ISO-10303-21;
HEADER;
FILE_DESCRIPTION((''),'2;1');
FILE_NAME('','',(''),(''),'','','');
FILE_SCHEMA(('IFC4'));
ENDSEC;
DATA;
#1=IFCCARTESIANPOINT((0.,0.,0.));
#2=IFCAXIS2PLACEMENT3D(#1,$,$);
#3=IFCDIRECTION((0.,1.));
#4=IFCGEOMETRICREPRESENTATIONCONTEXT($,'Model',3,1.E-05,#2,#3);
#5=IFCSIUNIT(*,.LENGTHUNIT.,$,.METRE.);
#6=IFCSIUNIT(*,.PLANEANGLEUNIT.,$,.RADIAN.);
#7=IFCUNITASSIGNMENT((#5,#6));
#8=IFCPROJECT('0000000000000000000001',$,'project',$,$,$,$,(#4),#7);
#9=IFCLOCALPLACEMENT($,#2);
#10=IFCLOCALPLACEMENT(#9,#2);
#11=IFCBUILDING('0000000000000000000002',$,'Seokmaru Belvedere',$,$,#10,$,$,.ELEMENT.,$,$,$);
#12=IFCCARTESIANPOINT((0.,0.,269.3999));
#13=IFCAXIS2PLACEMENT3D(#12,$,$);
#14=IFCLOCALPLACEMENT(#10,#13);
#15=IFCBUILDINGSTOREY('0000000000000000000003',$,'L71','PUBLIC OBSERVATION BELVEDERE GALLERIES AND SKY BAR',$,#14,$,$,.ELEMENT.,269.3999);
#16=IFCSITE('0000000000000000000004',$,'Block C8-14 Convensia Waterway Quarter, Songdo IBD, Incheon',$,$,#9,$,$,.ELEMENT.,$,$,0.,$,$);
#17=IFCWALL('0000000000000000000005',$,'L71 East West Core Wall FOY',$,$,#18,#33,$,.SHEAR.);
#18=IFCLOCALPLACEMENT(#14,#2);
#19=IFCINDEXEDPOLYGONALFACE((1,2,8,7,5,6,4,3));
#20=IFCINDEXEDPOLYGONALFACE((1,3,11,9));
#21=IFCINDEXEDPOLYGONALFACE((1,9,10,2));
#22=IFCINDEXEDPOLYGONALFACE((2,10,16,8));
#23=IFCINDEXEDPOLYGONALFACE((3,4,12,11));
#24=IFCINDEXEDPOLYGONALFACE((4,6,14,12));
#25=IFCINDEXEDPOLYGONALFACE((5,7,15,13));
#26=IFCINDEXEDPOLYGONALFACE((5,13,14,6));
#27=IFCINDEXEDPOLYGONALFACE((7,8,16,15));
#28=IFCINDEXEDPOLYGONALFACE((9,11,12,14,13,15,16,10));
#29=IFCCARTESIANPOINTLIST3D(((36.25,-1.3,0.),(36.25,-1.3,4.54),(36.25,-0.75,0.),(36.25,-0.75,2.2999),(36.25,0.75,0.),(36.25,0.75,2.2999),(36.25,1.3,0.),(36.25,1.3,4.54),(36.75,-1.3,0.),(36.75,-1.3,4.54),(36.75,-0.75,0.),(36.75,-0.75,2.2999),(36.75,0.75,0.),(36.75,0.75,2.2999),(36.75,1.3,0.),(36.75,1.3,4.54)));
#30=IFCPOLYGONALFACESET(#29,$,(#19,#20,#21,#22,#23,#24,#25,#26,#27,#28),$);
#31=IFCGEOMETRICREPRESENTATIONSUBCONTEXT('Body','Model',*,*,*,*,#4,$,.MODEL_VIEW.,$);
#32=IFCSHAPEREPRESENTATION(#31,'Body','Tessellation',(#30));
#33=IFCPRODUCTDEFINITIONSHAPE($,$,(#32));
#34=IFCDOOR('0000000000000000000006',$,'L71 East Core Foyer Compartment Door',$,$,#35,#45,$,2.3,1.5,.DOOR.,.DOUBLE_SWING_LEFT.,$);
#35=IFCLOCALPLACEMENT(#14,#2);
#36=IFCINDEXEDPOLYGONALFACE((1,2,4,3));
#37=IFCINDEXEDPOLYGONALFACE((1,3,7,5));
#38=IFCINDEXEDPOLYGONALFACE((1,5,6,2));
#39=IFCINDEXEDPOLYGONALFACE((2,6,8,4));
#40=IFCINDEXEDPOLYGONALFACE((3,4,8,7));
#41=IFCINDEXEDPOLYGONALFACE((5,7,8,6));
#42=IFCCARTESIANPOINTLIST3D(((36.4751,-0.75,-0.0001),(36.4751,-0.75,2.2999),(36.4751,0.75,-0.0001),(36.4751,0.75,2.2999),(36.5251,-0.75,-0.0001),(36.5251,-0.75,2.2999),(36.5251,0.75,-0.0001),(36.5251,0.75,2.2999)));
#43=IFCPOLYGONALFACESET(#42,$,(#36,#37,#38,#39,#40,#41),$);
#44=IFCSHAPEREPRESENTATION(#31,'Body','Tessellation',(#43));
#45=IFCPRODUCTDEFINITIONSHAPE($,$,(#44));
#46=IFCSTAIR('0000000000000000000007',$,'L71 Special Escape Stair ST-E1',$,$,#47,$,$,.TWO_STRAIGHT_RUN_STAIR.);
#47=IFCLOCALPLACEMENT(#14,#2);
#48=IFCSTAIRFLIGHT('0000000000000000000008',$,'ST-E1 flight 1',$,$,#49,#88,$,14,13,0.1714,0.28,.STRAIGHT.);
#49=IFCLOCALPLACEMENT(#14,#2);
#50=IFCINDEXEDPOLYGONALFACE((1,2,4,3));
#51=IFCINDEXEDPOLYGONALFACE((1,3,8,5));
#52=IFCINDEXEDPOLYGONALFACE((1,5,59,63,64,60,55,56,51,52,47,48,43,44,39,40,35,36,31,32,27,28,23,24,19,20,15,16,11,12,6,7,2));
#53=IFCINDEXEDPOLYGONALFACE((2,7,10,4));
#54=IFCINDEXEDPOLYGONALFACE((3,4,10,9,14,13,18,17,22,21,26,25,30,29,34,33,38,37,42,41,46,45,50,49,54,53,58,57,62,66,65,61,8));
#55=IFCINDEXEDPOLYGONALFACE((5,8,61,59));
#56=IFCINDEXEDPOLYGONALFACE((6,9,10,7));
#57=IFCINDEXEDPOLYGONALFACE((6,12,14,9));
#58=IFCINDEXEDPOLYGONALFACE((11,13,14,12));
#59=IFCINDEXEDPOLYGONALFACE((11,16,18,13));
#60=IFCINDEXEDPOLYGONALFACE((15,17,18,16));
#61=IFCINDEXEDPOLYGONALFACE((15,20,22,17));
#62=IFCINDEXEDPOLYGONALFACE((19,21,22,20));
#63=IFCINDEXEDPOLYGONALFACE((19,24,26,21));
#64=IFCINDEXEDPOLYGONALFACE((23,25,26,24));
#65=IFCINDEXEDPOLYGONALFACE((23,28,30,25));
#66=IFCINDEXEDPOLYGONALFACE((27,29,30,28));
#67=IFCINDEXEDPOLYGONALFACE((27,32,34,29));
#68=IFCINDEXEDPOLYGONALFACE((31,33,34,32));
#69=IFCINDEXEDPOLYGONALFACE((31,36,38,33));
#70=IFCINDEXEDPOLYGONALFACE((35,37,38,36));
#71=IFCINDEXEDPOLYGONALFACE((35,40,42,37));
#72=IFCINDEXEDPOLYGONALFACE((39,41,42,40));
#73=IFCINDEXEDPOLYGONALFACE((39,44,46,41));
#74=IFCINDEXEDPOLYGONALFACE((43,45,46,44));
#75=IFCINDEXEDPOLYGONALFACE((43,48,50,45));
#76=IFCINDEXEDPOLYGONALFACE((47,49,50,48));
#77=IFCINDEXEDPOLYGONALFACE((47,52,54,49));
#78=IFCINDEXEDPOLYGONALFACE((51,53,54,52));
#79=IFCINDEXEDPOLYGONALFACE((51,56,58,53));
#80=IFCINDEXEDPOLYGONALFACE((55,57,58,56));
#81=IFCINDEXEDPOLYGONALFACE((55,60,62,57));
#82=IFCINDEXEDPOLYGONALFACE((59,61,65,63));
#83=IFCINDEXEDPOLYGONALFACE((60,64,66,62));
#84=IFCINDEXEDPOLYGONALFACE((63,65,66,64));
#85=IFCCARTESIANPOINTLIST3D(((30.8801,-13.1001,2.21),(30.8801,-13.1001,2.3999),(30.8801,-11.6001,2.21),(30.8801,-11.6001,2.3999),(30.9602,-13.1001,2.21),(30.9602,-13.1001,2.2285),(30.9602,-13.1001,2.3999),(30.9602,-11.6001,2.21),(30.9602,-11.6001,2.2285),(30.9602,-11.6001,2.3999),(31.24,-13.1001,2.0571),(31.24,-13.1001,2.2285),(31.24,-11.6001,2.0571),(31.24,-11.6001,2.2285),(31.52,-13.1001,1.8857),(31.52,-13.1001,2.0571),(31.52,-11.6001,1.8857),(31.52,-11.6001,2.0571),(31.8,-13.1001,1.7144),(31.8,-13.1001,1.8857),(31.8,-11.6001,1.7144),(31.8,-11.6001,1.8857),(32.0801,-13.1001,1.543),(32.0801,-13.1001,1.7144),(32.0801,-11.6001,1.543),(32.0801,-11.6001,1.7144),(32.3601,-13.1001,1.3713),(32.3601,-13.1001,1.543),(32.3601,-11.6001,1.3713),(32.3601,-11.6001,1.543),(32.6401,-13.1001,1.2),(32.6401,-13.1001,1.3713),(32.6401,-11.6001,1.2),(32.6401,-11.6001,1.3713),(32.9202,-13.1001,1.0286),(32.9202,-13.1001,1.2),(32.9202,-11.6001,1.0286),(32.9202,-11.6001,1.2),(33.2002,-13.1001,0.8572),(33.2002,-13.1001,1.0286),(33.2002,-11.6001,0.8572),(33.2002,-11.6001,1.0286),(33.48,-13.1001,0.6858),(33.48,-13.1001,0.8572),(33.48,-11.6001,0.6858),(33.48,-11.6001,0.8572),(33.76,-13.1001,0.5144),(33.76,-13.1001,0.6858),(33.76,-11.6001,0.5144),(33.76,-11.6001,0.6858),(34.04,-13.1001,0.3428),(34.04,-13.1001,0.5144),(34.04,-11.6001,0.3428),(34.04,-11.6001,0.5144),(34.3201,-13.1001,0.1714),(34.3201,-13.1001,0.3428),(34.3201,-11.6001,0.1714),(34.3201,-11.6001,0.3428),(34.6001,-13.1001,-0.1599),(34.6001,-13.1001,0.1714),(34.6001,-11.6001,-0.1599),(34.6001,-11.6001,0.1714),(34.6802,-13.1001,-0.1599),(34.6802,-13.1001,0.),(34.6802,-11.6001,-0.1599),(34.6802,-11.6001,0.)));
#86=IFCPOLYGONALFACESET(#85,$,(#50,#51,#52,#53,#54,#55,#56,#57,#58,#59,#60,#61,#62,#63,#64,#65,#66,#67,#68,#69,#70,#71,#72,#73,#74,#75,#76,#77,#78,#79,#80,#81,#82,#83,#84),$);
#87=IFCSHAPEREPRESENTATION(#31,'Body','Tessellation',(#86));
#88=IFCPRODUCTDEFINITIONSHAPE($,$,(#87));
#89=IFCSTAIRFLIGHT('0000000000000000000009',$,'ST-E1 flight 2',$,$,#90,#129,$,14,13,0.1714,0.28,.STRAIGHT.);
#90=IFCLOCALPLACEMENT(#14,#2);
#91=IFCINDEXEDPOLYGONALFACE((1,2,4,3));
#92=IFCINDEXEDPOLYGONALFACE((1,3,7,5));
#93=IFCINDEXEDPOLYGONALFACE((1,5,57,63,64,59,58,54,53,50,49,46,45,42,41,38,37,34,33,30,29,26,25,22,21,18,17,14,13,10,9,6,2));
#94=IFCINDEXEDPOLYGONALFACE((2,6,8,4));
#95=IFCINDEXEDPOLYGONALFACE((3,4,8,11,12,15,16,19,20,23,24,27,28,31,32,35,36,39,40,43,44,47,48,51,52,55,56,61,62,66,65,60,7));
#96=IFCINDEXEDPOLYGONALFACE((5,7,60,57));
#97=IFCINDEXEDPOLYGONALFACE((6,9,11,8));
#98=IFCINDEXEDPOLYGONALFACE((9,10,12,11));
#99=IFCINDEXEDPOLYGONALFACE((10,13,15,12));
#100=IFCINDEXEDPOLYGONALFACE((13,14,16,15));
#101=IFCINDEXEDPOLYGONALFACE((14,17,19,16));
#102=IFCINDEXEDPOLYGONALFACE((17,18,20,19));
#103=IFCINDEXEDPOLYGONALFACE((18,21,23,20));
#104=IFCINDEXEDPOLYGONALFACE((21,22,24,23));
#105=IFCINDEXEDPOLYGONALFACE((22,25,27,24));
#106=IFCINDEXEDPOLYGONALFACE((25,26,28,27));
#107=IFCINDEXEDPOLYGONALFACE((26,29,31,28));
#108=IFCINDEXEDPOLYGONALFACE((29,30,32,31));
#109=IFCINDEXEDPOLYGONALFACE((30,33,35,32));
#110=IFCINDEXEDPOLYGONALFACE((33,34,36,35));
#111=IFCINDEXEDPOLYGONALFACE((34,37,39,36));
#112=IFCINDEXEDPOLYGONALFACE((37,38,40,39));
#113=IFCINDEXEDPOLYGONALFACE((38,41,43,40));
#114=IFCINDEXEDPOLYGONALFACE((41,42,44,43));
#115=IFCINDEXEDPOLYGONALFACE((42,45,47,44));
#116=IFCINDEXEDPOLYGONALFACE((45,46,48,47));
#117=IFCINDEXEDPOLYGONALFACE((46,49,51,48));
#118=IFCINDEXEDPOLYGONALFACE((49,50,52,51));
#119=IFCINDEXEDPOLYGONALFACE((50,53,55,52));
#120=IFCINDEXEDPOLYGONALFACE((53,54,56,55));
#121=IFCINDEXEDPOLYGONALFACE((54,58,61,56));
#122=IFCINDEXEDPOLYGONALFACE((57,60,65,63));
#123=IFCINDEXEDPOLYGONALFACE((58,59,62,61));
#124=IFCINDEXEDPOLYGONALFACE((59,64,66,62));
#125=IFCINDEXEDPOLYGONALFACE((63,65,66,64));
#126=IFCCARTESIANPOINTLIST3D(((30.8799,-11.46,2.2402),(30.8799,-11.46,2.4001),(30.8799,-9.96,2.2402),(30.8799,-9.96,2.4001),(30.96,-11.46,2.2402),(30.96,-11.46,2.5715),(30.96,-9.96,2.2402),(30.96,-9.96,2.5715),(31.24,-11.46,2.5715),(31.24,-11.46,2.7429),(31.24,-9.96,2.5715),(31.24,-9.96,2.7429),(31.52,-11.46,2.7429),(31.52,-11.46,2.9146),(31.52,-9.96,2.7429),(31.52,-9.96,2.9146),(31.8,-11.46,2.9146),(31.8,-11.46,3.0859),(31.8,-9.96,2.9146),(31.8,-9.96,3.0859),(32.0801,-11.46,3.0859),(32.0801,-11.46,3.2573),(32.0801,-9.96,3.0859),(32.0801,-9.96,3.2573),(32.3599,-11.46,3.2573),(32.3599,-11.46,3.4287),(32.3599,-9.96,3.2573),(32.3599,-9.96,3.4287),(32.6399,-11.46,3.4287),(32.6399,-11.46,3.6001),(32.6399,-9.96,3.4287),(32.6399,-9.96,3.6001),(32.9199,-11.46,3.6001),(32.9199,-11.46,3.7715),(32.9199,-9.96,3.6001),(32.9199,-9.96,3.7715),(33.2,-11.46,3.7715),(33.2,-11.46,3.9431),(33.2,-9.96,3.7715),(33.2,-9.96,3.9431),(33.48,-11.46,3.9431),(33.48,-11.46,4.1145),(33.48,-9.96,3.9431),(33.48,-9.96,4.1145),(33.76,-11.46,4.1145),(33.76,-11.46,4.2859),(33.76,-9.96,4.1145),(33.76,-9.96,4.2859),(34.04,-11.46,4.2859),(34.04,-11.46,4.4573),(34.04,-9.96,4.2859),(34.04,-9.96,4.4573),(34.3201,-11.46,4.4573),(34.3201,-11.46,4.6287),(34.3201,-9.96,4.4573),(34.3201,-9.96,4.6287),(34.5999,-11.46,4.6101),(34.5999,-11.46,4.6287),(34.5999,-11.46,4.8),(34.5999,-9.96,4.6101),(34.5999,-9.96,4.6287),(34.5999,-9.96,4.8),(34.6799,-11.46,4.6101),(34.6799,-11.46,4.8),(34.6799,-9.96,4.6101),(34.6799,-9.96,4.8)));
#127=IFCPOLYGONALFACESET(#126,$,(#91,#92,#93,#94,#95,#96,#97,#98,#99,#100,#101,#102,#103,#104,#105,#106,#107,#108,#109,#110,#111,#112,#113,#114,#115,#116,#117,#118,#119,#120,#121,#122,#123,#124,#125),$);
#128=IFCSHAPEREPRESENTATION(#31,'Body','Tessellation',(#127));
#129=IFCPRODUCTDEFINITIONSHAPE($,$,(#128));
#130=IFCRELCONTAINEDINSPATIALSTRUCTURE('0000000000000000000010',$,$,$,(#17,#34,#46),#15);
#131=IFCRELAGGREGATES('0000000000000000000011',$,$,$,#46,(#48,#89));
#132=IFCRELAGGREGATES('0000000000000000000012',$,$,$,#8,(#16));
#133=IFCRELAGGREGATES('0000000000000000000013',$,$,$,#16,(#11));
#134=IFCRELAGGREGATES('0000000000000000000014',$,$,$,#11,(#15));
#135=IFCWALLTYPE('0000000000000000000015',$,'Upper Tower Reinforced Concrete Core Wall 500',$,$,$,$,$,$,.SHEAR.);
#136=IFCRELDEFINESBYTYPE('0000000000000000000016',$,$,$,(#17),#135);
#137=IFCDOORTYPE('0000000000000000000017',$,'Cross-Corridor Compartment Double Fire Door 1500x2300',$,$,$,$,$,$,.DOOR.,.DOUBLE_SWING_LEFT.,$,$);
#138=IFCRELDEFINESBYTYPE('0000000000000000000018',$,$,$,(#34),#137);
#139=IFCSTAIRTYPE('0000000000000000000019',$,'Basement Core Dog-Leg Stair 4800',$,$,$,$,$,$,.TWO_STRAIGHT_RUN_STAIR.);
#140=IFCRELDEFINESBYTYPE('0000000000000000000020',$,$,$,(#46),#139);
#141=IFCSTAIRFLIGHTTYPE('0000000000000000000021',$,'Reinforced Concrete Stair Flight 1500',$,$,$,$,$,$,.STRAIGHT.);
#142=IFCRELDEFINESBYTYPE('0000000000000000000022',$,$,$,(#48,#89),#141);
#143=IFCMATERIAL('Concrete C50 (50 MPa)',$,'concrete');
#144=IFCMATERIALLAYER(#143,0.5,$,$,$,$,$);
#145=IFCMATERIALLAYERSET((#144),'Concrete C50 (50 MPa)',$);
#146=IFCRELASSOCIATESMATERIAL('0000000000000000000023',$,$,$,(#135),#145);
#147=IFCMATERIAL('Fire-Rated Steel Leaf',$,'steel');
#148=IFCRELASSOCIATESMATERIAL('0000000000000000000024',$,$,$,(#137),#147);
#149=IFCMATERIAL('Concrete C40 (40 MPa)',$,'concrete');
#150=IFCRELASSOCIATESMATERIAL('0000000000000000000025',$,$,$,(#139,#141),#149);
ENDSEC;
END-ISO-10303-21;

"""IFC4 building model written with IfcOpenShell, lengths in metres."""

from ifc_helpers import new_model, si_unit, direction, frame, frame_2d, origin, place, context, subcontext, project, spatial, polyline, rectangle, outline, extrude, source, transform, mapped, material, layer, layer_set, type_object, type_shapes, element, fill, aggregate, save


model = new_model("IFC4")

# Units and contexts
model_context = context("Model", 3, precision=1e-05, world=origin(), true_north=direction((0.0, 1.0)))
body_context = subcontext(model_context, "Body", "Model", "MODEL_VIEW")
ifc_project = project(units=[si_unit("LENGTHUNIT", "METRE"), si_unit("PLANEANGLEUNIT", "RADIAN")], contexts=[model_context])

# Site, building, storey
site_placement = place(None, origin())
site = spatial("IfcSite", under=ifc_project, at=site_placement, Name="Block C8-14 Convensia Waterway Quarter, Songdo IBD, Incheon", CompositionType="ELEMENT", RefElevation=0.0)
building_placement = place(site_placement, origin())
building = spatial("IfcBuilding", under=site, at=building_placement, Name="Seokmaru Belvedere", CompositionType="ELEMENT")
storey_placement = place(building_placement, frame((0.0, 0.0, 269.3999)))
storey = spatial("IfcBuildingStorey", under=building, at=storey_placement, Name="L71", Description="PUBLIC OBSERVATION BELVEDERE GALLERIES AND SKY BAR", CompositionType="ELEMENT", Elevation=269.3999)

# Wall, opening, door
ifc_material_1 = material(Name="Concrete C50 (50 MPa)", Category="concrete")
ifc_layer_1 = layer(ifc_material_1, 0.5)
ifc_layer_set_1 = layer_set([ifc_layer_1], Name="Concrete C50 (50 MPa)")
wall_type_1 = type_object("IfcWallType", Name="Upper Tower Reinforced Concrete Core Wall 500", PredefinedType="SHEAR", material=ifc_layer_set_1)
ifc_material_2 = material(Name="Fire-Rated Steel Leaf", Category="steel")
wall_1_placement = place(storey_placement, frame((36.5, -1.3, 0.0), z_axis=(0.0, 0.0, 1.0), x_axis=(0.0, 1.0, 0.0)))
wall_1 = element("IfcWall", 1, at=wall_1_placement, inside=storey, type_object=wall_type_1, Name="L71 East West Core Wall FOY", PredefinedType="SHEAR", context=body_context, shape_type="SweptSolid", body=[
    extrude(rectangle(XDim=2.6001, YDim=0.5, at=frame_2d((1.3, 0.0))), origin(), (0.0, 0.0, 1.0), 4.54),
])
opening_1_placement = place(wall_1_placement, frame((0.55, 0.0, 0.0)))
opening_1 = element("IfcOpeningElement", 2, at=opening_1_placement, cuts=wall_1, PredefinedType="OPENING", context=body_context, shape_type="SweptSolid", body=[
    extrude(rectangle(XDim=1.5, YDim=2.3, at=frame_2d((0.75, 1.1499))), frame((0.0, 0.26, 0.0), z_axis=(0.0, -1.0, 0.0), x_axis=(1.0, 0.0, 0.0)), (0.0, 0.0, 1.0), 0.52),
])
door_type_1 = type_object("IfcDoorType", Name="Cross-Corridor Compartment Double Fire Door 1500x2300", OperationType="DOUBLE_SWING_LEFT", PredefinedType="DOOR", material=ifc_material_2)
shared_shape_1 = source(origin(), body_context, "Body", "SweptSolid", [
    extrude(rectangle(XDim=1.5, YDim=2.3, at=frame_2d((0.75, 1.1499))), frame((0.0, 0.0249, 0.0), z_axis=(0.0, -1.0, 0.0), x_axis=(1.0, 0.0, 0.0)), (0.0, 0.0, 1.0), 0.05),
])
type_shapes(door_type_1, [shared_shape_1])
door_1_placement = place(opening_1_placement, origin())
door_1 = element("IfcDoor", 3, at=door_1_placement, inside=storey, type_object=door_type_1, Name="L71 East Core Foyer Compartment Door", OperationType="DOUBLE_SWING_LEFT", OverallHeight=2.3, OverallWidth=1.5, PredefinedType="DOOR", context=body_context, shape_type="MappedRepresentation", body=[
    mapped(shared_shape_1, transform((0.0, 0.0, 0.0), scale=1.0)),
])
fill(opening_1, door_1)

# Stair, stair flights
ifc_material_3 = material(Name="Concrete C40 (40 MPa)", Category="concrete")
stair_type = type_object("IfcStairType", Name="Basement Core Dog-Leg Stair 4800", PredefinedType="TWO_STRAIGHT_RUN_STAIR", material=ifc_material_3)
stair_placement = place(storey_placement, origin())
stair = element("IfcStair", 4, at=stair_placement, inside=storey, type_object=stair_type, Name="L71 Special Escape Stair ST-E1", PredefinedType="TWO_STRAIGHT_RUN_STAIR")
stair_flight_type = type_object("IfcStairFlightType", Name="Reinforced Concrete Stair Flight 1500", PredefinedType="STRAIGHT", material=ifc_material_3)
stair_flight_1_placement = place(storey_placement, frame((34.6001, -12.3501, 0.0), z_axis=(0.0, 0.0, 1.0), x_axis=(-1.0, 0.0, 0.0)))
stair_flight_1 = element("IfcStairFlight", 5, at=stair_flight_1_placement, type_object=stair_flight_type, Name="ST-E1 flight 1", NumberOfRisers=14, NumberOfTreads=13, PredefinedType="STRAIGHT", RiserHeight=0.1714, TreadLength=0.28, context=body_context, shape_type="SweptSolid", body=[
    extrude(outline(polyline([(-0.0801, 0.0), (0.0, 0.1714), (0.28, 0.1714), (0.28, 0.3428), (0.5601, 0.3428), (0.5601, 0.5144), (0.8401, 0.5144), (0.8401, 0.6858), (1.1201, 0.6858), (1.1201, 0.8572), (1.3999, 0.8572), (1.3999, 1.0286), (1.6799, 1.0286), (1.6799, 1.2), (1.96, 1.2), (1.96, 1.3713), (2.24, 1.3713), (2.24, 1.543), (2.52, 1.543), (2.52, 1.7144), (2.8, 1.7144), (2.8, 1.8857), (3.0801, 1.8857), (3.0801, 2.0571), (3.3601, 2.0571), (3.3601, 2.2285), (3.6399, 2.2285), (3.6399, 2.3999), (3.72, 2.3999), (3.72, 2.21), (3.6399, 2.21), (0.0, -0.1599), (-0.0801, -0.1599), (-0.0801, 0.0)])), frame((0.0, 0.75, 0.0), z_axis=(0.0, -1.0, 0.0), x_axis=(1.0, 0.0, 0.0)), (0.0, 0.0, 1.0), 1.5),
])
stair_flight_2_placement = place(storey_placement, frame((30.96, -10.71, 2.4001), z_axis=(0.0, 0.0, 1.0), x_axis=(1.0, 0.0, 0.0)))
stair_flight_2 = element("IfcStairFlight", 6, at=stair_flight_2_placement, type_object=stair_flight_type, Name="ST-E1 flight 2", NumberOfRisers=14, NumberOfTreads=13, PredefinedType="STRAIGHT", RiserHeight=0.1714, TreadLength=0.28, context=body_context, shape_type="SweptSolid", body=[
    extrude(outline(polyline([(-0.0801, 0.0), (0.0, 0.1714), (0.28, 0.1714), (0.28, 0.3428), (0.5601, 0.3428), (0.5601, 0.5144), (0.8401, 0.5144), (0.8401, 0.6858), (1.1201, 0.6858), (1.1201, 0.8572), (1.3999, 0.8572), (1.3999, 1.0286), (1.6799, 1.0286), (1.6799, 1.2), (1.96, 1.2), (1.96, 1.3713), (2.24, 1.3713), (2.24, 1.543), (2.52, 1.543), (2.52, 1.7144), (2.8, 1.7144), (2.8, 1.8857), (3.0801, 1.8857), (3.0801, 2.0571), (3.3601, 2.0571), (3.3601, 2.2285), (3.6399, 2.2285), (3.6399, 2.3999), (3.72, 2.3999), (3.72, 2.21), (3.6399, 2.21), (0.0, -0.1599), (-0.0801, -0.1599), (-0.0801, 0.0)])), frame((0.0, 0.75, 0.0), z_axis=(0.0, -1.0, 0.0), x_axis=(1.0, 0.0, 0.0)), (0.0, 0.0, 1.0), 1.5),
])
aggregate(stair, [stair_flight_1, stair_flight_2])

save(model, "model.ifc")
